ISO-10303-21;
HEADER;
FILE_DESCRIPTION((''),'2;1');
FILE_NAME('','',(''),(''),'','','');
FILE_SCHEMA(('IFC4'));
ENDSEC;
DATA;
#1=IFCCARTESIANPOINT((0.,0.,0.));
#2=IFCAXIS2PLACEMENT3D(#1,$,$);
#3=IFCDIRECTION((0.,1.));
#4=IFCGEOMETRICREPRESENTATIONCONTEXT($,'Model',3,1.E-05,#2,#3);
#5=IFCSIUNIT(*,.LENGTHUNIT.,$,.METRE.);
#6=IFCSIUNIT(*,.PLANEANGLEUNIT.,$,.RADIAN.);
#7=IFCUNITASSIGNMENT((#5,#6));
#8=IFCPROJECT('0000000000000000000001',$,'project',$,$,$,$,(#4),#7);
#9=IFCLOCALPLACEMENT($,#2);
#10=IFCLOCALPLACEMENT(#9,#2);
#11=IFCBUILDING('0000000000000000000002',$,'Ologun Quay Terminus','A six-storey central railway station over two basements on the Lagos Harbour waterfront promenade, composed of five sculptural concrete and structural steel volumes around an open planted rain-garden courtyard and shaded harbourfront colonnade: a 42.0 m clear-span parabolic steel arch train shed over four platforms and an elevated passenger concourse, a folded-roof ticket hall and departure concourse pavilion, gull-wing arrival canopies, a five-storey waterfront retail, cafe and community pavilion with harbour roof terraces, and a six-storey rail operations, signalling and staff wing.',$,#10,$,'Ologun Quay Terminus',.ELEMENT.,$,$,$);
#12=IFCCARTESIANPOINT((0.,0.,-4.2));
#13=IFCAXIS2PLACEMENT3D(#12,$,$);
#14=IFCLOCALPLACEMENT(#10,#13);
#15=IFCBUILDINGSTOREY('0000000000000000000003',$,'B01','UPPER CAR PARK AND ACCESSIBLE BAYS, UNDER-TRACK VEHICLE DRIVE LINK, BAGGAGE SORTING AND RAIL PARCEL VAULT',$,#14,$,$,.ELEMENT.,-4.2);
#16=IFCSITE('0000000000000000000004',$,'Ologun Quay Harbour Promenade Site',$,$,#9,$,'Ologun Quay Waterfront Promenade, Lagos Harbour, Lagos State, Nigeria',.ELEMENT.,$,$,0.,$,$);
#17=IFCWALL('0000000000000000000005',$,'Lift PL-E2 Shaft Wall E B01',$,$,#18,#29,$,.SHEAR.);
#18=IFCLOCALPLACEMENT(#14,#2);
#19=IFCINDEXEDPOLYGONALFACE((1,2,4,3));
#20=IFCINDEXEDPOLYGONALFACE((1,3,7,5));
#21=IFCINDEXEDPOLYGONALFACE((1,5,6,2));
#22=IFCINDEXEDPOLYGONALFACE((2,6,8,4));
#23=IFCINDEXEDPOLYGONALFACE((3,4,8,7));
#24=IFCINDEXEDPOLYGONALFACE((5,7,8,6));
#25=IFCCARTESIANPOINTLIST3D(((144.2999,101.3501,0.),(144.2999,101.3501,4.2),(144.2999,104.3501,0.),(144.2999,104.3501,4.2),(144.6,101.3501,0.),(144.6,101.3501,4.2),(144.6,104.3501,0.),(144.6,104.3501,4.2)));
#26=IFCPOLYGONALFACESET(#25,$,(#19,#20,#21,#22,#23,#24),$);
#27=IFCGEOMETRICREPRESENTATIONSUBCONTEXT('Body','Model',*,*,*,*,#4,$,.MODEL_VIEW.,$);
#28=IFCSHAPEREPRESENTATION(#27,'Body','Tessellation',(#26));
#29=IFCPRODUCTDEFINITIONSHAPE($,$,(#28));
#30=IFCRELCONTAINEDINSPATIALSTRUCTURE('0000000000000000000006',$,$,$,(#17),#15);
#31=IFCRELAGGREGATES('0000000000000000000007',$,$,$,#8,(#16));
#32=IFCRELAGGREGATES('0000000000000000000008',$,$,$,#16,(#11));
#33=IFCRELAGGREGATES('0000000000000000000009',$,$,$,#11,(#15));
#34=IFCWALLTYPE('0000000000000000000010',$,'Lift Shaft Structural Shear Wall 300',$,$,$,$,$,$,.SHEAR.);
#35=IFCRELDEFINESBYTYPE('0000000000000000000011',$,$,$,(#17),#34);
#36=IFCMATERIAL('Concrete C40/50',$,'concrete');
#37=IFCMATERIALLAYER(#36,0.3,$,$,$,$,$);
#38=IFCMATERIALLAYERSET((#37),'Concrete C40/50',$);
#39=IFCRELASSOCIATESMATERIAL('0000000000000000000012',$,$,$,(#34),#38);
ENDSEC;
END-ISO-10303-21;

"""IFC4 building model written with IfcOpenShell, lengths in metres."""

from ifc_helpers import new_model, si_unit, direction, frame, frame_2d, origin, place, context, subcontext, project, spatial, rectangle, extrude, material, layer, layer_set, type_object, element, save


model = new_model("IFC4")

# Units and contexts
model_context = context("Model", 3, precision=1e-05, world=origin(), true_north=direction((0.0, 1.0)))
body_context = subcontext(model_context, "Body", "Model", "MODEL_VIEW")
ifc_project = project(units=[si_unit("LENGTHUNIT", "METRE"), si_unit("PLANEANGLEUNIT", "RADIAN")], contexts=[model_context])

# Site, building, storey
site_placement = place(None, origin())
site = spatial("IfcSite", under=ifc_project, at=site_placement, Name="Ologun Quay Harbour Promenade Site", LongName="Ologun Quay Waterfront Promenade, Lagos Harbour, Lagos State, Nigeria", CompositionType="ELEMENT", RefElevation=0.0)
building_placement = place(site_placement, origin())
building = spatial("IfcBuilding", under=site, at=building_placement, Name="Ologun Quay Terminus", Description="A six-storey central railway station over two basements on the Lagos Harbour waterfront promenade, composed of five sculptural concrete and structural steel volumes around an open planted rain-garden courtyard and shaded harbourfront colonnade: a 42.0 m clear-span parabolic steel arch train shed over four platforms and an elevated passenger concourse, a folded-roof ticket hall and departure concourse pavilion, gull-wing arrival canopies, a five-storey waterfront retail, cafe and community pavilion with harbour roof terraces, and a six-storey rail operations, signalling and staff wing.", LongName="Ologun Quay Terminus", CompositionType="ELEMENT")
storey_placement = place(building_placement, frame((0.0, 0.0, -4.2)))
storey = spatial("IfcBuildingStorey", under=building, at=storey_placement, Name="B01", Description="UPPER CAR PARK AND ACCESSIBLE BAYS, UNDER-TRACK VEHICLE DRIVE LINK, BAGGAGE SORTING AND RAIL PARCEL VAULT", CompositionType="ELEMENT", Elevation=-4.2)

# Shared definitions
ifc_material_1 = material(Name="Concrete C40/50", Category="concrete")
ifc_layer_1 = layer(ifc_material_1, 0.3)
ifc_layer_set_1 = layer_set([ifc_layer_1], Name="Concrete C40/50")
wall_type_1 = type_object("IfcWallType", Name="Lift Shaft Structural Shear Wall 300", PredefinedType="SHEAR", material=ifc_layer_set_1)

# Wall
for number, where, z_axis, x_axis, name in (
    (1, (144.45, 101.3501, 0.0), (0.0, 0.0, 1.0), (0.0, 1.0, 0.0), "Lift PL-E2 Shaft Wall E B01"),
):
    element("IfcWall", number, at=place(storey_placement, frame(where, z_axis=z_axis, x_axis=x_axis)), inside=storey, type_object=wall_type_1, Name=name, PredefinedType="SHEAR", context=body_context, shape_type="SweptSolid", body=[
        extrude(rectangle(XDim=3.0, YDim=0.3, at=frame_2d((1.5, 0.0))), origin(), (0.0, 0.0, 1.0), 4.2),
    ])

save(model, "model.ifc")
